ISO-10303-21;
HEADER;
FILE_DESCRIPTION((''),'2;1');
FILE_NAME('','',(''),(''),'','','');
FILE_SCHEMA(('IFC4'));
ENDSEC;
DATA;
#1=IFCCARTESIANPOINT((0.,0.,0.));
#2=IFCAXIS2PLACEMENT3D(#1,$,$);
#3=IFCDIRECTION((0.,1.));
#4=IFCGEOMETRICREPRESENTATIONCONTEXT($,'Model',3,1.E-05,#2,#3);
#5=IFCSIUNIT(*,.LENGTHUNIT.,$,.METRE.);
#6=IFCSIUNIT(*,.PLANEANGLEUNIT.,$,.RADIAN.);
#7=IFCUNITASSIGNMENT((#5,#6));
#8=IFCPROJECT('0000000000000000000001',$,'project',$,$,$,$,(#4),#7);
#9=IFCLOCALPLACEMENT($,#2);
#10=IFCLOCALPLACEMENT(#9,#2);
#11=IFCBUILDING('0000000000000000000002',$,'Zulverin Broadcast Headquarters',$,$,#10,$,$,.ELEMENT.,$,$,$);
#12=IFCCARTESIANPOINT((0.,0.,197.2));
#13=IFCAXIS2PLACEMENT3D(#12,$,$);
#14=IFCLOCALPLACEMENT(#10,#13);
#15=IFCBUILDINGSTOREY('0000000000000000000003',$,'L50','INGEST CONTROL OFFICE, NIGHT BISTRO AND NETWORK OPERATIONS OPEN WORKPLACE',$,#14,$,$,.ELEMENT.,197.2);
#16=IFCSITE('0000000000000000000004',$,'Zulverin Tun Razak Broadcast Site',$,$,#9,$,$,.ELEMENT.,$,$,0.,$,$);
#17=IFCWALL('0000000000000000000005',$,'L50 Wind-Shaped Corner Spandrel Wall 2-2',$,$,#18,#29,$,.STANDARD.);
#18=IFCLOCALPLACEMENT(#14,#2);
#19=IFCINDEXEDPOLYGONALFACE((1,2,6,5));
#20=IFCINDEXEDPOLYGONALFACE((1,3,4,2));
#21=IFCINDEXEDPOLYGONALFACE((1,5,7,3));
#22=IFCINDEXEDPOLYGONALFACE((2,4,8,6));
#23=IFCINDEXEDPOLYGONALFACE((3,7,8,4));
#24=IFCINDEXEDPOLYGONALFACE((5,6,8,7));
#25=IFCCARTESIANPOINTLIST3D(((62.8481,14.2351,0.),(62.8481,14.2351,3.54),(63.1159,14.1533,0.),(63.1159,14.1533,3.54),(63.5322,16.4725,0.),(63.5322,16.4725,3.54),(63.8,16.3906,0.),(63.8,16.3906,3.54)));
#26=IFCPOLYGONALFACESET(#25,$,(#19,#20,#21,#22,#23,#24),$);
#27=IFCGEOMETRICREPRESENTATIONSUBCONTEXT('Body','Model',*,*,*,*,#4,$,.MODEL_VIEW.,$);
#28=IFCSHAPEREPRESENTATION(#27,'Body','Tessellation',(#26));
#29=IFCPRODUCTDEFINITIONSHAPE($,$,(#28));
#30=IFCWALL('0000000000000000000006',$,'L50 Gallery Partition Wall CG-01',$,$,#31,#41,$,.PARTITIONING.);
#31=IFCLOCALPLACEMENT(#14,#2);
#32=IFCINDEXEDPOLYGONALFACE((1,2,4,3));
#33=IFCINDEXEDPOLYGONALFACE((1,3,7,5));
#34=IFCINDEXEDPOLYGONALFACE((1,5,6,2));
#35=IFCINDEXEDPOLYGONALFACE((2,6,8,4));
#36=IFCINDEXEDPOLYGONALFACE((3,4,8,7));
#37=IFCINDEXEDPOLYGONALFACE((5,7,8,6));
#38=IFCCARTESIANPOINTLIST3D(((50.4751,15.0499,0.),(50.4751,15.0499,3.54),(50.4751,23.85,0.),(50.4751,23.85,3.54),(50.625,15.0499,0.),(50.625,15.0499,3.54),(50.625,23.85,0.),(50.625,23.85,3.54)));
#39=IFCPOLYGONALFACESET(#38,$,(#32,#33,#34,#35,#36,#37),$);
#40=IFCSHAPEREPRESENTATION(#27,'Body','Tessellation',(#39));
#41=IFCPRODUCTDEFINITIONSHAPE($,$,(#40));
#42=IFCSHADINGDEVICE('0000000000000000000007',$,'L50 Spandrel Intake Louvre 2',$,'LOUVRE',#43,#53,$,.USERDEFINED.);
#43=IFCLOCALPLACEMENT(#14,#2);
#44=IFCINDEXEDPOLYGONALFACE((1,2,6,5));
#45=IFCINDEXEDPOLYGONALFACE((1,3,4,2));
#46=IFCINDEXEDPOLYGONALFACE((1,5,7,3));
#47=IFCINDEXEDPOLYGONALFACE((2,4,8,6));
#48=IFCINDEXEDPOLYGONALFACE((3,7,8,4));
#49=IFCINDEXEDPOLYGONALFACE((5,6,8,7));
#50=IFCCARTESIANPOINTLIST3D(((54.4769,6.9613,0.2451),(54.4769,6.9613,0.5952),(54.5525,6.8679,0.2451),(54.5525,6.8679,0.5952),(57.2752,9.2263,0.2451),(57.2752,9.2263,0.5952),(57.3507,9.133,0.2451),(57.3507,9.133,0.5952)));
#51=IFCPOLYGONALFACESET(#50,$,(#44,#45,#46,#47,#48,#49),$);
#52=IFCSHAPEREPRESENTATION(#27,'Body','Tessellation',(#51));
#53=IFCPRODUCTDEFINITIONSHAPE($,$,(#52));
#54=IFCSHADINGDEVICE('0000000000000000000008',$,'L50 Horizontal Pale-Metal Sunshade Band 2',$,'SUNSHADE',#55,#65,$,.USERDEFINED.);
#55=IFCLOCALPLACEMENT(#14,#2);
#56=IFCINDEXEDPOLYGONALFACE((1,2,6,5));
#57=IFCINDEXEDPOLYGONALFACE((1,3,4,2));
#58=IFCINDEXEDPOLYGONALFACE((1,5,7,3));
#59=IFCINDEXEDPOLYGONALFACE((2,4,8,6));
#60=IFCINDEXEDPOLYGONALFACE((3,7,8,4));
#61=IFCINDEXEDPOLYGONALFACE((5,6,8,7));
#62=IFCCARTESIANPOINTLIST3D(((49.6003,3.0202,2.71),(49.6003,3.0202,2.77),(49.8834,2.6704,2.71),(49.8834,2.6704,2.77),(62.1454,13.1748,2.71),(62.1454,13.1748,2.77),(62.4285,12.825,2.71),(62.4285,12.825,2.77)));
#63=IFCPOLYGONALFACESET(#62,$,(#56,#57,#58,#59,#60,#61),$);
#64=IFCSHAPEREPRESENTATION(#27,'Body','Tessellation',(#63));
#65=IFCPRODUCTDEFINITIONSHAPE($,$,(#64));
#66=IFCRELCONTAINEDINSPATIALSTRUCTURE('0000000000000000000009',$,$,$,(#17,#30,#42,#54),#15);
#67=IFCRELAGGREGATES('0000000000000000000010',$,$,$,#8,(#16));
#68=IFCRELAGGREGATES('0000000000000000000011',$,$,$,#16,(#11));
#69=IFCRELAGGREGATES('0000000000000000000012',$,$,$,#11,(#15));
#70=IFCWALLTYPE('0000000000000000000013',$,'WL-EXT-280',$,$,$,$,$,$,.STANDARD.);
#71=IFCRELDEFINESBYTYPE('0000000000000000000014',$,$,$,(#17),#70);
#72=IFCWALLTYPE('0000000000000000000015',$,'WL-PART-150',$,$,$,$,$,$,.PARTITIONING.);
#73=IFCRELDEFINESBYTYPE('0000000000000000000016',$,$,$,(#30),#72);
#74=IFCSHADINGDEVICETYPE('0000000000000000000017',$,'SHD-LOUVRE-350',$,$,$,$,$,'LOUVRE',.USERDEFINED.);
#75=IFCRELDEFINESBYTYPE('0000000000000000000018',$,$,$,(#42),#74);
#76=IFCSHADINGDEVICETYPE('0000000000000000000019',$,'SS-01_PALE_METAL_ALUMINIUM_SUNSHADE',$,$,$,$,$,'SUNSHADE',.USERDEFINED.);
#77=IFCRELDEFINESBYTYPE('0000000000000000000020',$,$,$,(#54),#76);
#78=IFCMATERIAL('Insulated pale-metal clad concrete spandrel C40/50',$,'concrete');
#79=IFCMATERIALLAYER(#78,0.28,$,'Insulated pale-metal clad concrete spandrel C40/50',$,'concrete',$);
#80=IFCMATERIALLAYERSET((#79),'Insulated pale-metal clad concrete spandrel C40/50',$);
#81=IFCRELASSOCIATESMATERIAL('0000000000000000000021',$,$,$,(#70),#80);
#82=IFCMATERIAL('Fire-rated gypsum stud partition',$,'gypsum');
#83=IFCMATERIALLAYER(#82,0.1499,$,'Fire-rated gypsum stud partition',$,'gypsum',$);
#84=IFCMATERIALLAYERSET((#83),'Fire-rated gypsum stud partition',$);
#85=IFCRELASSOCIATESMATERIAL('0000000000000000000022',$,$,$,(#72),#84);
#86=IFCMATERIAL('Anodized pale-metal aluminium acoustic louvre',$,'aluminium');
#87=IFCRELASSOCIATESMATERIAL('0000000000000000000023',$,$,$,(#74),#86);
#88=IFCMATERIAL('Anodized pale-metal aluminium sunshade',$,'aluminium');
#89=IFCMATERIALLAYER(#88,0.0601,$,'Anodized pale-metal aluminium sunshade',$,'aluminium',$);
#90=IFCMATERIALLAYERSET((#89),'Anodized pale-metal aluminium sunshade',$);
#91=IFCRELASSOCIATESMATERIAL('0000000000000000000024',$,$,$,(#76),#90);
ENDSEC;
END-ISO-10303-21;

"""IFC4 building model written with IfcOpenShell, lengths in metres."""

from ifc_helpers import new_model, si_unit, direction, frame, frame_2d, origin, origin_2d, place, context, subcontext, project, spatial, rectangle, extrude, material, layer, layer_set, type_object, element, save


model = new_model("IFC4")

# Units and contexts
model_context = context("Model", 3, precision=1e-05, world=origin(), true_north=direction((0.0, 1.0)))
body_context = subcontext(model_context, "Body", "Model", "MODEL_VIEW")
ifc_project = project(units=[si_unit("LENGTHUNIT", "METRE"), si_unit("PLANEANGLEUNIT", "RADIAN")], contexts=[model_context])

# Site, building, storey
site_placement = place(None, origin())
site = spatial("IfcSite", under=ifc_project, at=site_placement, Name="Zulverin Tun Razak Broadcast Site", CompositionType="ELEMENT", RefElevation=0.0)
building_placement = place(site_placement, origin())
building = spatial("IfcBuilding", under=site, at=building_placement, Name="Zulverin Broadcast Headquarters", CompositionType="ELEMENT")
storey_placement = place(building_placement, frame((0.0, 0.0, 197.2)))
storey = spatial("IfcBuildingStorey", under=building, at=storey_placement, Name="L50", Description="INGEST CONTROL OFFICE, NIGHT BISTRO AND NETWORK OPERATIONS OPEN WORKPLACE", CompositionType="ELEMENT", Elevation=197.2)

# Shared definitions
ifc_material_1 = material(Name="Insulated pale-metal clad concrete spandrel C40/50", Category="concrete")
ifc_layer_1 = layer(ifc_material_1, 0.28, Name="Insulated pale-metal clad concrete spandrel C40/50", Category="concrete")
ifc_layer_set_1 = layer_set([ifc_layer_1], Name="Insulated pale-metal clad concrete spandrel C40/50")
wall_type_1 = type_object("IfcWallType", Name="WL-EXT-280", PredefinedType="STANDARD", material=ifc_layer_set_1)

# Walls
wall_1_placement = place(storey_placement, frame((62.9819, 14.1941, 0.0), z_axis=(0.0, 0.0, 1.0), x_axis=(0.292399, 0.956296, 0.0)))
element("IfcWall", 1, at=wall_1_placement, inside=storey, type_object=wall_type_1, Name="L50 Wind-Shaped Corner Spandrel Wall 2-2", PredefinedType="STANDARD", context=body_context, shape_type="SweptSolid", body=[
    extrude(rectangle(XDim=2.3396, YDim=0.28, at=frame_2d((1.1699, 0.0))), origin(), (0.0, 0.0, 1.0), 3.54),
])
ifc_material_2 = material(Name="Fire-rated gypsum stud partition", Category="gypsum")
ifc_layer_2 = layer(ifc_material_2, 0.1499, Name="Fire-rated gypsum stud partition", Category="gypsum")
ifc_layer_set_2 = layer_set([ifc_layer_2], Name="Fire-rated gypsum stud partition")
wall_type_2 = type_object("IfcWallType", Name="WL-PART-150", PredefinedType="PARTITIONING", material=ifc_layer_set_2)
wall_2_placement = place(storey_placement, frame((50.55, 15.05, 0.0), z_axis=(0.0, 0.0, 1.0), x_axis=(0.0, 1.0, 0.0)))
element("IfcWall", 2, at=wall_2_placement, inside=storey, type_object=wall_type_2, Name="L50 Gallery Partition Wall CG-01", PredefinedType="PARTITIONING", context=body_context, shape_type="SweptSolid", body=[
    extrude(rectangle(XDim=8.8, YDim=0.1499, at=frame_2d((4.3999, 0.0))), origin(), (0.0, 0.0, 1.0), 3.54),
])

# Shading devices
ifc_material_3 = material(Name="Anodized pale-metal aluminium acoustic louvre", Category="aluminium")
shading_device_type_1 = type_object("IfcShadingDeviceType", Name="SHD-LOUVRE-350", ElementType="LOUVRE", PredefinedType="USERDEFINED", material=ifc_material_3)
shading_device_1_placement = place(storey_placement, frame((55.9138, 8.0471, 0.2451), z_axis=(0.0, 0.0, 1.0), x_axis=(0.777274, 0.629162, 0.0)))
element("IfcShadingDevice", 3, at=shading_device_1_placement, inside=storey, type_object=shading_device_type_1, Name="L50 Spandrel Intake Louvre 2", ObjectType="LOUVRE", PredefinedType="USERDEFINED", context=body_context, shape_type="SweptSolid", body=[
    extrude(rectangle(XDim=3.6001, YDim=0.1201, at=origin_2d()), origin(), (0.0, 0.0, 1.0), 0.3501),
])
ifc_material_4 = material(Name="Anodized pale-metal aluminium sunshade", Category="aluminium")
ifc_layer_3 = layer(ifc_material_4, 0.0601, Name="Anodized pale-metal aluminium sunshade", Category="aluminium")
ifc_layer_set_3 = layer_set([ifc_layer_3], Name="Anodized pale-metal aluminium sunshade")
shading_device_type_2 = type_object("IfcShadingDeviceType", Name="SS-01_PALE_METAL_ALUMINIUM_SUNSHADE", ElementType="SUNSHADE", PredefinedType="USERDEFINED", material=ifc_layer_set_3)
shading_device_2_placement = place(storey_placement, frame((56.0144, 7.9226, 2.71), z_axis=(0.0, 0.0, 1.0), x_axis=(0.777274, 0.629162, 0.0)))
element("IfcShadingDevice", 4, at=shading_device_2_placement, inside=storey, type_object=shading_device_type_2, Name="L50 Horizontal Pale-Metal Sunshade Band 2", ObjectType="SUNSHADE", PredefinedType="USERDEFINED", context=body_context, shape_type="SweptSolid", body=[
    extrude(rectangle(XDim=16.1399, YDim=0.45, at=origin_2d()), origin(), (0.0, 0.0, 1.0), 0.0601),
])

save(model, "model.ifc")
